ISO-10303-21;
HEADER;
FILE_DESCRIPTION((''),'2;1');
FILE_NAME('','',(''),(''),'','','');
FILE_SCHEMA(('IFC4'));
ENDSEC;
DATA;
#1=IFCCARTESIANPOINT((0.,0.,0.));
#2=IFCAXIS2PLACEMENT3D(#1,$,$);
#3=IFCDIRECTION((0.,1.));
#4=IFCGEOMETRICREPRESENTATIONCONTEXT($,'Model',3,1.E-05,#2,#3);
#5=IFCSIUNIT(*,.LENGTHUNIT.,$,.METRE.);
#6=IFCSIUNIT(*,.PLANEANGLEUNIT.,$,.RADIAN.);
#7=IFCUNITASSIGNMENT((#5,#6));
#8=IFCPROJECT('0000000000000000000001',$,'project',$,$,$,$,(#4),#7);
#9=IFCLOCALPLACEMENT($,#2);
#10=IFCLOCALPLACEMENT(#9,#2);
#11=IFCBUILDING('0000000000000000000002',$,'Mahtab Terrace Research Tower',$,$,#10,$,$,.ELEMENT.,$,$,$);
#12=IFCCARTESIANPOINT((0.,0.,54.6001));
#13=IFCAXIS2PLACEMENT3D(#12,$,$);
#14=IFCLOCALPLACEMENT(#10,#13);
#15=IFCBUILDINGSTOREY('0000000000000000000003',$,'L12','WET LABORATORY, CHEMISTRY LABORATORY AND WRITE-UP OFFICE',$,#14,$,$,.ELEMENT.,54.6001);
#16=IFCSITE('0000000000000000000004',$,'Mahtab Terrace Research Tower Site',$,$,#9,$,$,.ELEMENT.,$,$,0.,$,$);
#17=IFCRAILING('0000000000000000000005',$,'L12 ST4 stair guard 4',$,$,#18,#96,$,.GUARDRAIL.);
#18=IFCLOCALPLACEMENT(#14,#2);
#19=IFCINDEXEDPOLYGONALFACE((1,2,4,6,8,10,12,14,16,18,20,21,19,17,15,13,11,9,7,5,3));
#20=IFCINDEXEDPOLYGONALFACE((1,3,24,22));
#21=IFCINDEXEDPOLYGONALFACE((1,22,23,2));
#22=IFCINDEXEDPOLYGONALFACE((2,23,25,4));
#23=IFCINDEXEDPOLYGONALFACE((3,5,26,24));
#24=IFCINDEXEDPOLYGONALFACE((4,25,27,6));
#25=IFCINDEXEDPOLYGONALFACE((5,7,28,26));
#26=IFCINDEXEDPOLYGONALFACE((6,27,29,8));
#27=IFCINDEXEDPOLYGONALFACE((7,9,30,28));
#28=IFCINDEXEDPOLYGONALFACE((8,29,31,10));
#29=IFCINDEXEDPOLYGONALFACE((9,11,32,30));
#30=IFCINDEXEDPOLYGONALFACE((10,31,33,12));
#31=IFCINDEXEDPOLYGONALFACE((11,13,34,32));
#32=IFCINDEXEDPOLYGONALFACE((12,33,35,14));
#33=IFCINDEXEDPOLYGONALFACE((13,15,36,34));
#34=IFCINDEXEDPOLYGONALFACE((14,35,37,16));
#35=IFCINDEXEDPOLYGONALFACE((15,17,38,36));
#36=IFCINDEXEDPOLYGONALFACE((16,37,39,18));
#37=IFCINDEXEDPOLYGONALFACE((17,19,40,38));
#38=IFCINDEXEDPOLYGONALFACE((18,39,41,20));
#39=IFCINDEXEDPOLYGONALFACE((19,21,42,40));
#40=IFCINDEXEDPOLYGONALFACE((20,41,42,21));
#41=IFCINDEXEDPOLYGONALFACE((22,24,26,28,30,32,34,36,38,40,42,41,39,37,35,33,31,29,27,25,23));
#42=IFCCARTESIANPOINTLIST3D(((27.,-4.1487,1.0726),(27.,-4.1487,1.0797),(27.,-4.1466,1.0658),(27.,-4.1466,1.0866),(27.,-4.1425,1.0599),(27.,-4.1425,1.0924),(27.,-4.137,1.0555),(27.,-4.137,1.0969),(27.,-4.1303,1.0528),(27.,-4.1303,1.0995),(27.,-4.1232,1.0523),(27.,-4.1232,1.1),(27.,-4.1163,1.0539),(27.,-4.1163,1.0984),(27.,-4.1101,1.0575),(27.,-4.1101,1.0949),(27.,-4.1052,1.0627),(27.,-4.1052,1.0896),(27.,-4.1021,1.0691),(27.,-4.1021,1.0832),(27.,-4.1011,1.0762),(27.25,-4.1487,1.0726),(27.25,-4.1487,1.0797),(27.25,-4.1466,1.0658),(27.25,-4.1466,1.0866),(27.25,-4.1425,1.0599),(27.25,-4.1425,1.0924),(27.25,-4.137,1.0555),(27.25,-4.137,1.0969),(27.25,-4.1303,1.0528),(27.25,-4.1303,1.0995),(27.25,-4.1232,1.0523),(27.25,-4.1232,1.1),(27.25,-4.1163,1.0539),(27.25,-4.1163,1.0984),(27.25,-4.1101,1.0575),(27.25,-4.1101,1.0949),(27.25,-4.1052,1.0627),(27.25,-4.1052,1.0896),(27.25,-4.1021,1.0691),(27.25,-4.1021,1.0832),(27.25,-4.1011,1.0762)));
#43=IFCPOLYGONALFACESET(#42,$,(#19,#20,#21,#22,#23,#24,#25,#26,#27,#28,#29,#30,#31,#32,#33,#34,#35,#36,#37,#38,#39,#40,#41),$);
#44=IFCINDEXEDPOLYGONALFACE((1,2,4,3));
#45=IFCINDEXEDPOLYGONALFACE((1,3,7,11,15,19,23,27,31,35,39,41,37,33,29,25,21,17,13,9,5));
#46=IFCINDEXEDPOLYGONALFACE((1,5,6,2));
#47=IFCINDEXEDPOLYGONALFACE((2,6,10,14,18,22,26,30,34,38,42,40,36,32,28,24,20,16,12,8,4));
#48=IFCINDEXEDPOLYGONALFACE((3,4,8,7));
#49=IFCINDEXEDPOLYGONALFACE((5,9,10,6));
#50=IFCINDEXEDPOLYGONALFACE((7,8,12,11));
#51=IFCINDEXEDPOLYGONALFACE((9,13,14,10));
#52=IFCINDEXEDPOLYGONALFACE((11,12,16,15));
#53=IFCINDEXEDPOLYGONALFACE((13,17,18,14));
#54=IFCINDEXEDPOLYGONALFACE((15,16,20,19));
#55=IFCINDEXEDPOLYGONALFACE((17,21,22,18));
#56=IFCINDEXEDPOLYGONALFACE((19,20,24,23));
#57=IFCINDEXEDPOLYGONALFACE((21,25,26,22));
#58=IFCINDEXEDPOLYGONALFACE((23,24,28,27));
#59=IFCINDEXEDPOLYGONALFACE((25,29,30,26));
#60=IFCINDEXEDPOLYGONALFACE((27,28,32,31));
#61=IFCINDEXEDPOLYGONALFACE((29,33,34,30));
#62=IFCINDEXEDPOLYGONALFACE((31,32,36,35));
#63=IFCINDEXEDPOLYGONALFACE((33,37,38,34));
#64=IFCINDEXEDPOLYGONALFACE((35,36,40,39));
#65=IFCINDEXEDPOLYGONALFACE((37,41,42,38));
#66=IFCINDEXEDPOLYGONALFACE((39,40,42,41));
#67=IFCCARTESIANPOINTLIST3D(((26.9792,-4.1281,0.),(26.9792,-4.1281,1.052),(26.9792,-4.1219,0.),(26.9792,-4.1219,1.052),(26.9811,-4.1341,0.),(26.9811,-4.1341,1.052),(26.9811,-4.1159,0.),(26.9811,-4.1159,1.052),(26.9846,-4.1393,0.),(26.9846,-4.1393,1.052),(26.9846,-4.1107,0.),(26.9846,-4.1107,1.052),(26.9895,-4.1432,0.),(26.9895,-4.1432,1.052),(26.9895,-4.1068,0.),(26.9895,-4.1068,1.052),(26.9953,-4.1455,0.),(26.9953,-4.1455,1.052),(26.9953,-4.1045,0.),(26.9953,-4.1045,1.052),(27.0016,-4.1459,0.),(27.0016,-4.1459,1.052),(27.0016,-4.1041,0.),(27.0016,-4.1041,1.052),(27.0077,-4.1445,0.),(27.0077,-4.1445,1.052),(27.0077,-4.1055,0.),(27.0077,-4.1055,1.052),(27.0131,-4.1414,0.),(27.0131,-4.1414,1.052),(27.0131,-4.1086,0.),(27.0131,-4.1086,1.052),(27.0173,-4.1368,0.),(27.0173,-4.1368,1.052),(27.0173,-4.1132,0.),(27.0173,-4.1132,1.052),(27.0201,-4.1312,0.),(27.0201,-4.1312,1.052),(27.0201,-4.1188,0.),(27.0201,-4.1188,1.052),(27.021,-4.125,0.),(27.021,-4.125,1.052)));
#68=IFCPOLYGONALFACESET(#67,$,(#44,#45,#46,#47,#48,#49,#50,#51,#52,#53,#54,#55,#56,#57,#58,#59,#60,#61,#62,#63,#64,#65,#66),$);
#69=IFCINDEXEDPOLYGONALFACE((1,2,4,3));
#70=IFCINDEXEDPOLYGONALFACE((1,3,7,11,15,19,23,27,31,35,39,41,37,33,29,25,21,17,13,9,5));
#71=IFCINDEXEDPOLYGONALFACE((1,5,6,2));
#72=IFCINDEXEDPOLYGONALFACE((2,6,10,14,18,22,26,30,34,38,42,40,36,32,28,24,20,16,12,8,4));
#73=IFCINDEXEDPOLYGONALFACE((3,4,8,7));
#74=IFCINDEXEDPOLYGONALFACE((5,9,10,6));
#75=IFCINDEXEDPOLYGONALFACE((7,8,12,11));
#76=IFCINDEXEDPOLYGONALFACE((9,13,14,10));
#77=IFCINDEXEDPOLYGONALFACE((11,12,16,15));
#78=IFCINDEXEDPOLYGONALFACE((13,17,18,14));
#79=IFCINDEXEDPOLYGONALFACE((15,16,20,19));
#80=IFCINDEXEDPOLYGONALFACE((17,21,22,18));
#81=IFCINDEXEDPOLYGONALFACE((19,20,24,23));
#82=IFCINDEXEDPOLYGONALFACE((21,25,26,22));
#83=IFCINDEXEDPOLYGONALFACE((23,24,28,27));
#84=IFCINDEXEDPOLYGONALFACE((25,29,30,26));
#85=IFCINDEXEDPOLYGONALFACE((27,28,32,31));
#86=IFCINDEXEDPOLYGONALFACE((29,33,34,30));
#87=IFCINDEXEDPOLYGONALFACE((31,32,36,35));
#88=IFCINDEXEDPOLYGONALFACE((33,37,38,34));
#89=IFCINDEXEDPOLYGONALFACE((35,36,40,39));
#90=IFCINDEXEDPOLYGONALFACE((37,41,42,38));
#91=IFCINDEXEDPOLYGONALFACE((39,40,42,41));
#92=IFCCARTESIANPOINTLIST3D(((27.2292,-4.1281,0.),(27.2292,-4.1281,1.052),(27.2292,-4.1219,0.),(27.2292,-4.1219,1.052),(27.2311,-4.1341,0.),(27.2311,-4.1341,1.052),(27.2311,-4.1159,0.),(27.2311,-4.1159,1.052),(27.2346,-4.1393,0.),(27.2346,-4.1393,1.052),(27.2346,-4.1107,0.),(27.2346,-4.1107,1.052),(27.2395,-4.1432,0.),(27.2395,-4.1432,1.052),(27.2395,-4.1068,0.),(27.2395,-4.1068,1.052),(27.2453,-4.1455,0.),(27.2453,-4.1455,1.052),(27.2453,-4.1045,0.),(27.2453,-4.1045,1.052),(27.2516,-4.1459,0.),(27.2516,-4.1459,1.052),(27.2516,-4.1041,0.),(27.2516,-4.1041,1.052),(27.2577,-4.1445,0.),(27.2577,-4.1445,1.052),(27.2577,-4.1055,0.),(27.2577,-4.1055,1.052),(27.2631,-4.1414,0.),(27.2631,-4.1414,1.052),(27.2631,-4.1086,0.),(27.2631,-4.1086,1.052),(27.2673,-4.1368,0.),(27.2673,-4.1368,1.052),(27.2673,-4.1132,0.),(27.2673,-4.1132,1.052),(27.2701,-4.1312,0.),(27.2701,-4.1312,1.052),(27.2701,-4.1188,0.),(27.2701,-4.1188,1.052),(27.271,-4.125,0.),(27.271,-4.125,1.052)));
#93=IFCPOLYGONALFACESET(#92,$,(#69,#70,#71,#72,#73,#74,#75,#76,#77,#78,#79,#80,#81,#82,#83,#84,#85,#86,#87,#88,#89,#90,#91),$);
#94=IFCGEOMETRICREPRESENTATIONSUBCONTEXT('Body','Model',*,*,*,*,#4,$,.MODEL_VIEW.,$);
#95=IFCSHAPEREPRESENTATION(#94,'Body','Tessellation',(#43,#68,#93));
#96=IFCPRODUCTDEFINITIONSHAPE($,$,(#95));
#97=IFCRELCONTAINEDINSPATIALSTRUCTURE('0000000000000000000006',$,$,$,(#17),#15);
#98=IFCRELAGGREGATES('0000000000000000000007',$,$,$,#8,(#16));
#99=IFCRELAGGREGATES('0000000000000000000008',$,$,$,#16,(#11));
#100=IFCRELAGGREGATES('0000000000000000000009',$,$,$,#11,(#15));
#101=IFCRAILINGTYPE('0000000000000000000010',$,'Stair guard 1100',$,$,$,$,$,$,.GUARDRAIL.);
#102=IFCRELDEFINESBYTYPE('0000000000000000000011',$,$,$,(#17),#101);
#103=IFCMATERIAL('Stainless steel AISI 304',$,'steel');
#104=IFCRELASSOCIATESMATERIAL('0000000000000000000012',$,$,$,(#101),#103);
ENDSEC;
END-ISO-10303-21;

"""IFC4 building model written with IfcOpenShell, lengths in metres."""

from ifc_helpers import new_model, si_unit, direction, frame, origin, origin_2d, place, context, subcontext, project, spatial, circle, extrude, material, type_object, element, save


model = new_model("IFC4")

# Units and contexts
model_context = context("Model", 3, precision=1e-05, world=origin(), true_north=direction((0.0, 1.0)))
body_context = subcontext(model_context, "Body", "Model", "MODEL_VIEW")
ifc_project = project(units=[si_unit("LENGTHUNIT", "METRE"), si_unit("PLANEANGLEUNIT", "RADIAN")], contexts=[model_context])

# Site, building, storey
site_placement = place(None, origin())
site = spatial("IfcSite", under=ifc_project, at=site_placement, Name="Mahtab Terrace Research Tower Site", CompositionType="ELEMENT", RefElevation=0.0)
building_placement = place(site_placement, origin())
building = spatial("IfcBuilding", under=site, at=building_placement, Name="Mahtab Terrace Research Tower", CompositionType="ELEMENT")
storey_placement = place(building_placement, frame((0.0, 0.0, 54.6001)))
storey = spatial("IfcBuildingStorey", under=building, at=storey_placement, Name="L12", Description="WET LABORATORY, CHEMISTRY LABORATORY AND WRITE-UP OFFICE", CompositionType="ELEMENT", Elevation=54.6001)

# Railing
ifc_material_1 = material(Name="Stainless steel AISI 304", Category="steel")
railing_type_1 = type_object("IfcRailingType", Name="Stair guard 1100", PredefinedType="GUARDRAIL", material=ifc_material_1)
railing_1_placement = place(storey_placement, frame((27.0, -4.125, 0.0)))
element("IfcRailing", 1, at=railing_1_placement, inside=storey, type_object=railing_type_1, Name="L12 ST4 stair guard 4", PredefinedType="GUARDRAIL", context=body_context, shape_type="SweptSolid", body=[
    extrude(circle(Radius=0.0239, at=origin_2d()), frame((0.0, 0.0, 1.0762), z_axis=(1.0, 0.0, 0.0), x_axis=(0.0, 1.0, 0.0)), (0.0, 0.0, 1.0), 0.25),
    extrude(circle(Radius=0.021, at=origin_2d()), origin(), (0.0, 0.0, 1.0), 1.052),
    extrude(circle(Radius=0.021, at=origin_2d()), frame((0.25, 0.0, 0.0)), (0.0, 0.0, 1.0), 1.052),
])

save(model, "model.ifc")
